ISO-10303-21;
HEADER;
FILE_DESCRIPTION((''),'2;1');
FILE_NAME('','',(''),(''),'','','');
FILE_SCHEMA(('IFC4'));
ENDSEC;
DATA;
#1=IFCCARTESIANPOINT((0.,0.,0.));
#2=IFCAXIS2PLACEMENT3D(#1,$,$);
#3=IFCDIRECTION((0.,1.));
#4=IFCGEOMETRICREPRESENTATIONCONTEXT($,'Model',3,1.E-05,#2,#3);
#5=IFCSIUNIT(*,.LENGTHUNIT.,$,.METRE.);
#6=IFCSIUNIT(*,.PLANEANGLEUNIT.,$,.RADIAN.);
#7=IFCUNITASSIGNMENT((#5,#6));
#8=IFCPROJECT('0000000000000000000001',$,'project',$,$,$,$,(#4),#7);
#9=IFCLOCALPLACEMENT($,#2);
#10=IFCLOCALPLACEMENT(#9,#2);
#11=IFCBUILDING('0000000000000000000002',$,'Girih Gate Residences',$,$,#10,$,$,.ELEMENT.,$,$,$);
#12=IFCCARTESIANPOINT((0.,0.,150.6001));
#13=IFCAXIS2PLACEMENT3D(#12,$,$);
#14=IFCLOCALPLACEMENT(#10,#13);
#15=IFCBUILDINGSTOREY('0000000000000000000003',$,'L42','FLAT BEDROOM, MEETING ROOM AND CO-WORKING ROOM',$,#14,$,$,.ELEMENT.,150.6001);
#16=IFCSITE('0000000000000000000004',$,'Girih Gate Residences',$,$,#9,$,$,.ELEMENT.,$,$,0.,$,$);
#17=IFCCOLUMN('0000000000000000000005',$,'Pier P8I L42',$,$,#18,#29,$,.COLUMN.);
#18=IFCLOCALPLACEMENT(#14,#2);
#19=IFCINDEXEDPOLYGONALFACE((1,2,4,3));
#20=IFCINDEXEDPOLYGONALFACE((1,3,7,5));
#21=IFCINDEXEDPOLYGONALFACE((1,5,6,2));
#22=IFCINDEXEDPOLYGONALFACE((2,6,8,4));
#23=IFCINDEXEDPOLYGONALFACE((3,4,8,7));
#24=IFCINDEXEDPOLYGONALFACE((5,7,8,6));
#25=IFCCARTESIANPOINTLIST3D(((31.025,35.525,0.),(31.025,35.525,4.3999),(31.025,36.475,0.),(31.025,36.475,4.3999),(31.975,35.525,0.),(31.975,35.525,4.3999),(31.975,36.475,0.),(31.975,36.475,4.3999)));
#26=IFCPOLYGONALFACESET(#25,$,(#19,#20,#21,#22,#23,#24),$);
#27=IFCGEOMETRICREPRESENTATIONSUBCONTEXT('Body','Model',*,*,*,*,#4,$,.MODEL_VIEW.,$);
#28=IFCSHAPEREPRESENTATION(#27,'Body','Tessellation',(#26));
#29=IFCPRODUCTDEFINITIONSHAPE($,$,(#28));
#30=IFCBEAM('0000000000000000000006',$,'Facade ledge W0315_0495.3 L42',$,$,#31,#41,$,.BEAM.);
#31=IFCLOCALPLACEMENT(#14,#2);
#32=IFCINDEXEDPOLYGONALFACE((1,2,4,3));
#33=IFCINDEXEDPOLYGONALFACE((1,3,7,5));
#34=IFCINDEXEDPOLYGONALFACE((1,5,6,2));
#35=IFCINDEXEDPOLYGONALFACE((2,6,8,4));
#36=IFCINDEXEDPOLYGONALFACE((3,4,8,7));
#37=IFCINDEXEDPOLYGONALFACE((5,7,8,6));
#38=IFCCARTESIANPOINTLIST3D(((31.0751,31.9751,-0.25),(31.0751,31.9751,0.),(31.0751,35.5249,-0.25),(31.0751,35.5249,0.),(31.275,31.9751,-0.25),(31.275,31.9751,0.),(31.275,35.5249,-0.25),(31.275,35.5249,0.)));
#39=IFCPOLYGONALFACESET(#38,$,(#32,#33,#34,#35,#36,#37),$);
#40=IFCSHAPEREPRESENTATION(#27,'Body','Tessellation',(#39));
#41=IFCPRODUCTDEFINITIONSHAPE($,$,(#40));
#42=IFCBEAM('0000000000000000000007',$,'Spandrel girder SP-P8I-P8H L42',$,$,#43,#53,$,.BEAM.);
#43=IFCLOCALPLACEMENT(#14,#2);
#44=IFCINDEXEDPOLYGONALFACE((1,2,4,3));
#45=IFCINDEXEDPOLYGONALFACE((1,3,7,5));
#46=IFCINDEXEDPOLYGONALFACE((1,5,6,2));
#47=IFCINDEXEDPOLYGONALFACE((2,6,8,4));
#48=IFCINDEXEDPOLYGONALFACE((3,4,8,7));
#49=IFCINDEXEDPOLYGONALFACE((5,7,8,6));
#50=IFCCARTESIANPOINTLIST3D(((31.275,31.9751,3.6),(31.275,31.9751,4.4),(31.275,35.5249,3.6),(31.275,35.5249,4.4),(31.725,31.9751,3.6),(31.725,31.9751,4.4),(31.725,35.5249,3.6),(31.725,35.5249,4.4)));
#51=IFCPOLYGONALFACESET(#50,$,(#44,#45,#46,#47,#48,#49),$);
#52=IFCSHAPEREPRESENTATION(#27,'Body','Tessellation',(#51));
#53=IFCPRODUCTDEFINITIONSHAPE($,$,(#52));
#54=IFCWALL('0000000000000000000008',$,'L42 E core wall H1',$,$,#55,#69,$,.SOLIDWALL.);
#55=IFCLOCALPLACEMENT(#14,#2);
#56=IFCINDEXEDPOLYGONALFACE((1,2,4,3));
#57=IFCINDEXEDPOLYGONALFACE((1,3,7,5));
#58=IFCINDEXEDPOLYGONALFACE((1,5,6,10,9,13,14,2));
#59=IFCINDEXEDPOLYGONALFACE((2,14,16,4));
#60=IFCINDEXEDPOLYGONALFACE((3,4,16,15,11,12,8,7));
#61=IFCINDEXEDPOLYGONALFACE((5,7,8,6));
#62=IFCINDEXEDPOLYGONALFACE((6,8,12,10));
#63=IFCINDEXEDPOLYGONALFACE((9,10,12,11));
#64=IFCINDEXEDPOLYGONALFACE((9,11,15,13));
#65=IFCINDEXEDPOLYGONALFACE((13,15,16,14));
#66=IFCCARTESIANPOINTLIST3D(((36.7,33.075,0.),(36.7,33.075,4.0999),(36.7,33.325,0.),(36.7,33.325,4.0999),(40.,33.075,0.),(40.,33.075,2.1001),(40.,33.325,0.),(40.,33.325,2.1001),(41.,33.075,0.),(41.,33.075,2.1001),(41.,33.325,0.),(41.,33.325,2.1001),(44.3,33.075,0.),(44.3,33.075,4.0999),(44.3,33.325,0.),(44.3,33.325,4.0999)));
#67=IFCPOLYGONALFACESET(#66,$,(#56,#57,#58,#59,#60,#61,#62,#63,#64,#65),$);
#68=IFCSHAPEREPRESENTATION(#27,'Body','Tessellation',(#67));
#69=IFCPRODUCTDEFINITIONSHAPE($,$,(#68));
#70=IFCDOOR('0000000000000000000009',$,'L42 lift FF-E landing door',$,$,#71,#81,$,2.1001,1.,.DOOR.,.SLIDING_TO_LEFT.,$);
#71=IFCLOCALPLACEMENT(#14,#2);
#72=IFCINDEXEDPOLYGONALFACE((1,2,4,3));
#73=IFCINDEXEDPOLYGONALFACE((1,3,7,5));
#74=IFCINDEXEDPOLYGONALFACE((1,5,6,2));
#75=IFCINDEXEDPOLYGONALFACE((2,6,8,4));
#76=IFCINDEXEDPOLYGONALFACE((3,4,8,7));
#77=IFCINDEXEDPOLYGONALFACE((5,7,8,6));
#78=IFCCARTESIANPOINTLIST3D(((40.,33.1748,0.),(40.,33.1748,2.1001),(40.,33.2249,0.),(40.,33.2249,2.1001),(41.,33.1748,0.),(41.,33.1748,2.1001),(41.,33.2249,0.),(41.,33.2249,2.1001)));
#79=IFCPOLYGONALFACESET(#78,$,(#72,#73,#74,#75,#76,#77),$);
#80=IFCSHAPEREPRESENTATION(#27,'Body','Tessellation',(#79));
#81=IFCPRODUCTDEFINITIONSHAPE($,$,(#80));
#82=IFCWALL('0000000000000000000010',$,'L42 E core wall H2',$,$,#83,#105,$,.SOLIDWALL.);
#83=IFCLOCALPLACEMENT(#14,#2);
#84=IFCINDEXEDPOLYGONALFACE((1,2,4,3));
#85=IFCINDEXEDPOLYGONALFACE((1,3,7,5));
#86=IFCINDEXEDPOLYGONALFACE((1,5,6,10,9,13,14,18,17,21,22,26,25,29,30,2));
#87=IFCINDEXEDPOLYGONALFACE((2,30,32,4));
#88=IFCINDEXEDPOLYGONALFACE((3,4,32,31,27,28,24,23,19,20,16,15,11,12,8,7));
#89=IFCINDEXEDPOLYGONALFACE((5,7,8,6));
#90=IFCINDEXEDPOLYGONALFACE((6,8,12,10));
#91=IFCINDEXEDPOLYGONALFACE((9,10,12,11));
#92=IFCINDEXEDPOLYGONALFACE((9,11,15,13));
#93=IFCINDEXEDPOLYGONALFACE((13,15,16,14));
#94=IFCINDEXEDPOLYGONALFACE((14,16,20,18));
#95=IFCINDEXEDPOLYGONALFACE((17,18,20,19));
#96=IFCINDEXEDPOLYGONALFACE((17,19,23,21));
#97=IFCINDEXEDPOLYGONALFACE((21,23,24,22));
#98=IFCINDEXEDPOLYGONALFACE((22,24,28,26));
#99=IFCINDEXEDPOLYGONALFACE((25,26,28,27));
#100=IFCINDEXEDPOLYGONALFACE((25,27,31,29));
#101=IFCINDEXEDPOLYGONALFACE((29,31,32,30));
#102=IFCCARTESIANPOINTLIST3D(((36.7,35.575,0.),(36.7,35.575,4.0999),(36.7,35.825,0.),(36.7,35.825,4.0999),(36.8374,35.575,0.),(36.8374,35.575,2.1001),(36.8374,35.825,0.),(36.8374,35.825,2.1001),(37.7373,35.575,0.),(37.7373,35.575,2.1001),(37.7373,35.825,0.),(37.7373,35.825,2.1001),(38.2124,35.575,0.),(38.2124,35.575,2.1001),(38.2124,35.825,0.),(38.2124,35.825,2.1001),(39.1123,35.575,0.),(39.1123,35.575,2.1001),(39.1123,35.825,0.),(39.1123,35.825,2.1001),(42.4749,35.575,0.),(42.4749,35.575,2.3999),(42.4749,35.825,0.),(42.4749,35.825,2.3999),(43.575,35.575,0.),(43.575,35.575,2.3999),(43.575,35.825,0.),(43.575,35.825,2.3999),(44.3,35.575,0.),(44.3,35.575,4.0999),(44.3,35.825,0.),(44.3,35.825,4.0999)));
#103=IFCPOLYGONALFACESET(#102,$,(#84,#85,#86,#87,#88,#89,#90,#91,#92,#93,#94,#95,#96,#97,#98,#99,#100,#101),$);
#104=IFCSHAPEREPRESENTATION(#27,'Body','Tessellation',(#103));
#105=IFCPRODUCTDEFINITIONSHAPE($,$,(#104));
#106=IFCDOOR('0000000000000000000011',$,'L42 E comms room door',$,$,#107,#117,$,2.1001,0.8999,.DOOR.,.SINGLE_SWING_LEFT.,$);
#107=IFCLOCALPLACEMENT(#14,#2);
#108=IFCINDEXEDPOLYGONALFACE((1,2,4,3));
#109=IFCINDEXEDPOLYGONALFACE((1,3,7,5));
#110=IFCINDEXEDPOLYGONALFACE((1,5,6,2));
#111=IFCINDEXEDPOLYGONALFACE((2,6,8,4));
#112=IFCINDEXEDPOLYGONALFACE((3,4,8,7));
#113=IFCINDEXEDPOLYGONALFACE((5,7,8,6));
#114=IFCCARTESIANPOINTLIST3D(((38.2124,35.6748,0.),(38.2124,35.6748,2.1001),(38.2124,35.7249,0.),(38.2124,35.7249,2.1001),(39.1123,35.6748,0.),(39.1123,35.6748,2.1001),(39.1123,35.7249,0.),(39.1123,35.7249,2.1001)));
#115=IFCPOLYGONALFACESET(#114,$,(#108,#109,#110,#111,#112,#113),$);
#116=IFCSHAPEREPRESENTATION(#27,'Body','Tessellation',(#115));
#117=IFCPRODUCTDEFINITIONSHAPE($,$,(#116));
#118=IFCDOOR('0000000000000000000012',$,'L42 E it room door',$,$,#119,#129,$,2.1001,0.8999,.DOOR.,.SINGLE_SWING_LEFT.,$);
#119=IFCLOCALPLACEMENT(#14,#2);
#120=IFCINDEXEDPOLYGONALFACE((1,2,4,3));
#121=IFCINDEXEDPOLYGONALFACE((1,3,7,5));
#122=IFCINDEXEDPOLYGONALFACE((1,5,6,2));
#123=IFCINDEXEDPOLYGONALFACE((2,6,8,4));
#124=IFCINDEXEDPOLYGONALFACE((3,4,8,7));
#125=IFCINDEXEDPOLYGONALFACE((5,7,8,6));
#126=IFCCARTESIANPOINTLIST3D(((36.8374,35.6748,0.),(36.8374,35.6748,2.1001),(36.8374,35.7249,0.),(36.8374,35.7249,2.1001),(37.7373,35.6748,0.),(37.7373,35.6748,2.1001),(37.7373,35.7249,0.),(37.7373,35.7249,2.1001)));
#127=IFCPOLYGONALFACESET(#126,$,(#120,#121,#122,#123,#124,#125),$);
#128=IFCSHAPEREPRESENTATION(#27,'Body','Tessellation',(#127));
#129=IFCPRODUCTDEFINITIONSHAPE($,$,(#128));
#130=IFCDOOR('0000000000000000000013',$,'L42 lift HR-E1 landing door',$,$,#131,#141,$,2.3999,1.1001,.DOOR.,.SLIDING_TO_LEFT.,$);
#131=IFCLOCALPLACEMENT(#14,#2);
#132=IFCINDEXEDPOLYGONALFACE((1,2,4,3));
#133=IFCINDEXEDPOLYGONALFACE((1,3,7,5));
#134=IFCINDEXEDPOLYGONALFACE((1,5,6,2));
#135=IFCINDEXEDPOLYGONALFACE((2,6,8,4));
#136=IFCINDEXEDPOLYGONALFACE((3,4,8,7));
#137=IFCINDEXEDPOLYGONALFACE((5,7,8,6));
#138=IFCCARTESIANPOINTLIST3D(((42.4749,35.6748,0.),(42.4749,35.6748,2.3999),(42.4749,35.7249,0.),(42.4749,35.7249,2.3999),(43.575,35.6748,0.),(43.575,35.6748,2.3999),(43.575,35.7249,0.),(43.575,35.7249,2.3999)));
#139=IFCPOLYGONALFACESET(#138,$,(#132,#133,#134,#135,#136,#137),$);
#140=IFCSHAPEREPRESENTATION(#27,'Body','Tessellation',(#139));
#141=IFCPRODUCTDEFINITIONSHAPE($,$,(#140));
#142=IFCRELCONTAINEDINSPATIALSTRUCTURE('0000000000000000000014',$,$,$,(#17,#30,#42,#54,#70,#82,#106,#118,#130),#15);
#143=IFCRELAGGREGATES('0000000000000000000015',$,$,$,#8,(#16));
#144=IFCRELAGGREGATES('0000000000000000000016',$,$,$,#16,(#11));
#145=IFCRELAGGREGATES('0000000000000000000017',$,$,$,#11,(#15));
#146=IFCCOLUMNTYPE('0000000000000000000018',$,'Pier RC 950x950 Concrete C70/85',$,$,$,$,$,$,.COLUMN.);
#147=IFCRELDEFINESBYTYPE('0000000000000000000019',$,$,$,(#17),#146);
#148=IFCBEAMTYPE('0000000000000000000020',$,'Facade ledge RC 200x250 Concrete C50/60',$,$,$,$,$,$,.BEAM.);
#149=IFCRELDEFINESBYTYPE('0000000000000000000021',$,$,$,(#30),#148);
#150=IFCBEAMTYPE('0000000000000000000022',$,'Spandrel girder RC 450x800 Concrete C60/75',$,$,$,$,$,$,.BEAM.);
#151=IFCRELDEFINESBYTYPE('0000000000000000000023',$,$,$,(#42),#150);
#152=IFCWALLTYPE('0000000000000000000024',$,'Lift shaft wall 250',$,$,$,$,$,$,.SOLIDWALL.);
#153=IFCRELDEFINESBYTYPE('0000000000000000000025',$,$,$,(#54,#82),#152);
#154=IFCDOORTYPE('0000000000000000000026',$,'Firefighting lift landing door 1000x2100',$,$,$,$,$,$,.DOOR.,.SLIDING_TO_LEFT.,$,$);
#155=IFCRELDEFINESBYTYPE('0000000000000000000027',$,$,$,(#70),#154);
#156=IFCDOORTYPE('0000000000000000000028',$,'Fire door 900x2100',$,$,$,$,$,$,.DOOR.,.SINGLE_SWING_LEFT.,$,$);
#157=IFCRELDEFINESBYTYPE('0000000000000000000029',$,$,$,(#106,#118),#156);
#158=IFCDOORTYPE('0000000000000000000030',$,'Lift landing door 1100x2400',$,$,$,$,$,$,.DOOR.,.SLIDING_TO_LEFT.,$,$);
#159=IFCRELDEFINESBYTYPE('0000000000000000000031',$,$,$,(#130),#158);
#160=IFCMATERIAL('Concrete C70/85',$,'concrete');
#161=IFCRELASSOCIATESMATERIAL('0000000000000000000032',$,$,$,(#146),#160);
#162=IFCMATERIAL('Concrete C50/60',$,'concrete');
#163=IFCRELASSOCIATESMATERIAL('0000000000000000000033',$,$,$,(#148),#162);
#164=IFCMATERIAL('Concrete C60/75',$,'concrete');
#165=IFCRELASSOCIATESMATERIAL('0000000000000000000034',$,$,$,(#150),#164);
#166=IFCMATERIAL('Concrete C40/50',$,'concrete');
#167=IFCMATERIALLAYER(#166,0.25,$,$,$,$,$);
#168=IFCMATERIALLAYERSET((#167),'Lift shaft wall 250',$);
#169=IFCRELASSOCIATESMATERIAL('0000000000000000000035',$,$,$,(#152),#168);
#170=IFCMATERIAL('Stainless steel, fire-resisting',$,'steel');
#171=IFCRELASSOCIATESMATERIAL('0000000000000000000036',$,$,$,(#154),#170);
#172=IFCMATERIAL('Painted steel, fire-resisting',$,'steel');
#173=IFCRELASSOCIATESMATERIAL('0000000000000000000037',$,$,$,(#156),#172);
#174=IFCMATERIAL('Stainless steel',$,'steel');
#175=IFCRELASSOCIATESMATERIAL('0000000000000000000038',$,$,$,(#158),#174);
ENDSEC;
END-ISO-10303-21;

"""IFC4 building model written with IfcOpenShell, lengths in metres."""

from ifc_helpers import new_model, si_unit, direction, frame, frame_2d, origin, origin_2d, place, context, subcontext, project, spatial, rectangle, extrude, material, layer, layer_set, material_profile, profile_set, type_object, element, fill, save


model = new_model("IFC4")

# Units and contexts
model_context = context("Model", 3, precision=1e-05, world=origin(), true_north=direction((0.0, 1.0)))
body_context = subcontext(model_context, "Body", "Model", "MODEL_VIEW")
ifc_project = project(units=[si_unit("LENGTHUNIT", "METRE"), si_unit("PLANEANGLEUNIT", "RADIAN")], contexts=[model_context])

# Site, building, storey
site_placement = place(None, origin())
site = spatial("IfcSite", under=ifc_project, at=site_placement, Name="Girih Gate Residences", CompositionType="ELEMENT", RefElevation=0.0)
building_placement = place(site_placement, origin())
building = spatial("IfcBuilding", under=site, at=building_placement, Name="Girih Gate Residences", CompositionType="ELEMENT")
storey_placement = place(building_placement, frame((0.0, 0.0, 150.6001)))
storey = spatial("IfcBuildingStorey", under=building, at=storey_placement, Name="L42", Description="FLAT BEDROOM, MEETING ROOM AND CO-WORKING ROOM", CompositionType="ELEMENT", Elevation=150.6001)

# Column
ifc_material_1 = material(Name="Concrete C70/85", Category="concrete")
ifc_material_profile_1 = material_profile(ifc_material_1, rectangle(XDim=0.95, YDim=0.95, at=origin_2d()))
ifc_profile_set_1 = profile_set([ifc_material_profile_1], Name="Concrete C70/85")
column_type = type_object("IfcColumnType", Name="Pier RC 950x950 Concrete C70/85", PredefinedType="COLUMN", material=ifc_profile_set_1)
column_placement = place(storey_placement, frame((31.5, 36.0, 0.0), z_axis=(0.0, 0.0, 1.0), x_axis=(1.0, 0.0, 0.0)))
element("IfcColumn", 1, at=column_placement, inside=storey, type_object=column_type, Name="Pier P8I L42", PredefinedType="COLUMN", context=body_context, shape_type="SweptSolid", body=[
    extrude(rectangle(XDim=0.95, YDim=0.95, at=origin_2d()), origin(), (0.0, 0.0, 1.0), 4.3999),
])

# Beams
ifc_material_2 = material(Name="Concrete C50/60", Category="concrete")
ifc_material_profile_2 = material_profile(ifc_material_2, rectangle(XDim=0.2, YDim=0.25, at=origin_2d()))
ifc_profile_set_2 = profile_set([ifc_material_profile_2], Name="Concrete C50/60")
beam_type_1 = type_object("IfcBeamType", Name="Facade ledge RC 200x250 Concrete C50/60", PredefinedType="BEAM", material=ifc_profile_set_2)
beam_1_placement = place(storey_placement, frame((31.175, 35.5249, -0.125), z_axis=(0.0, -1.0, 0.0), x_axis=(1.0, 0.0, 0.0)))
element("IfcBeam", 2, at=beam_1_placement, inside=storey, type_object=beam_type_1, Name="Facade ledge W0315_0495.3 L42", PredefinedType="BEAM", context=body_context, shape_type="SweptSolid", body=[
    extrude(rectangle(XDim=0.2, YDim=0.25, at=origin_2d()), origin(), (0.0, 0.0, 1.0), 3.5498),
])
ifc_material_3 = material(Name="Concrete C60/75", Category="concrete")
ifc_material_profile_3 = material_profile(ifc_material_3, rectangle(XDim=0.45, YDim=0.8, at=origin_2d()))
ifc_profile_set_3 = profile_set([ifc_material_profile_3], Name="Concrete C60/75")
beam_type_2 = type_object("IfcBeamType", Name="Spandrel girder RC 450x800 Concrete C60/75", PredefinedType="BEAM", material=ifc_profile_set_3)
beam_2_placement = place(storey_placement, frame((31.5, 35.5249, 4.0), z_axis=(0.0, -1.0, 0.0), x_axis=(1.0, 0.0, 0.0)))
element("IfcBeam", 3, at=beam_2_placement, inside=storey, type_object=beam_type_2, Name="Spandrel girder SP-P8I-P8H L42", PredefinedType="BEAM", context=body_context, shape_type="SweptSolid", body=[
    extrude(rectangle(XDim=0.45, YDim=0.8, at=origin_2d()), origin(), (0.0, 0.0, 1.0), 3.5498),
])

# Wall, opening, door
ifc_material_4 = material(Name="Concrete C40/50", Category="concrete")
ifc_layer_1 = layer(ifc_material_4, 0.25)
ifc_layer_set_1 = layer_set([ifc_layer_1], Name="Lift shaft wall 250")
wall_type_1 = type_object("IfcWallType", Name="Lift shaft wall 250", PredefinedType="SOLIDWALL", material=ifc_layer_set_1)
wall_1_placement = place(storey_placement, frame((36.7, 33.2, 0.0), z_axis=(0.0, 0.0, 1.0), x_axis=(1.0, 0.0, 0.0)))
wall_1 = element("IfcWall", 4, at=wall_1_placement, inside=storey, type_object=wall_type_1, Name="L42 E core wall H1", PredefinedType="SOLIDWALL", context=body_context, shape_type="SweptSolid", body=[
    extrude(rectangle(XDim=7.6001, YDim=0.25, at=frame_2d((3.8, 0.0))), origin(), (0.0, 0.0, 1.0), 4.0999),
])
opening_1_placement = place(wall_1_placement, frame((3.3, 0.0, 0.0)))
opening_1 = element("IfcOpeningElement", 5, at=opening_1_placement, cuts=wall_1, PredefinedType="OPENING", context=body_context, shape_type="SweptSolid", body=[
    extrude(rectangle(XDim=1.0, YDim=2.1001, at=frame_2d((0.5, 1.05))), frame((0.0, 0.135, 0.0), z_axis=(0.0, -1.0, 0.0), x_axis=(1.0, 0.0, 0.0)), (0.0, 0.0, 1.0), 0.27),
])
ifc_material_5 = material(Name="Stainless steel, fire-resisting", Category="steel")
door_type_1 = type_object("IfcDoorType", Name="Firefighting lift landing door 1000x2100", OperationType="SLIDING_TO_LEFT", PredefinedType="DOOR", material=ifc_material_5)
door_1_placement = place(opening_1_placement, origin())
door_1 = element("IfcDoor", 6, at=door_1_placement, inside=storey, type_object=door_type_1, Name="L42 lift FF-E landing door", OperationType="SLIDING_TO_LEFT", OverallHeight=2.1001, OverallWidth=1.0, PredefinedType="DOOR", context=body_context, shape_type="SweptSolid", body=[
    extrude(rectangle(XDim=1.0, YDim=2.1001, at=frame_2d((0.5, 1.05))), frame((0.0, 0.0249, 0.0), z_axis=(0.0, -1.0, 0.0), x_axis=(1.0, 0.0, 0.0)), (0.0, 0.0, 1.0), 0.05),
])
fill(opening_1, door_1)

# Wall, openings, doors
wall_2_placement = place(storey_placement, frame((36.7, 35.7, 0.0), z_axis=(0.0, 0.0, 1.0), x_axis=(1.0, 0.0, 0.0)))
wall_2 = element("IfcWall", 7, at=wall_2_placement, inside=storey, type_object=wall_type_1, Name="L42 E core wall H2", PredefinedType="SOLIDWALL", context=body_context, shape_type="SweptSolid", body=[
    extrude(rectangle(XDim=7.6001, YDim=0.25, at=frame_2d((3.8, 0.0))), origin(), (0.0, 0.0, 1.0), 4.0999),
])
opening_2_placement = place(wall_2_placement, frame((5.7749, 0.0, 0.0)))
opening_2 = element("IfcOpeningElement", 8, at=opening_2_placement, cuts=wall_2, PredefinedType="OPENING", context=body_context, shape_type="SweptSolid", body=[
    extrude(rectangle(XDim=1.1001, YDim=2.3999, at=frame_2d((0.55, 1.2))), frame((0.0, 0.135, 0.0), z_axis=(0.0, -1.0, 0.0), x_axis=(1.0, 0.0, 0.0)), (0.0, 0.0, 1.0), 0.27),
])
opening_3_placement = place(wall_2_placement, frame((1.5125, 0.0, 0.0)))
opening_3 = element("IfcOpeningElement", 9, at=opening_3_placement, cuts=wall_2, PredefinedType="OPENING", context=body_context, shape_type="SweptSolid", body=[
    extrude(rectangle(XDim=0.8999, YDim=2.1001, at=frame_2d((0.45, 1.05))), frame((0.0, 0.135, 0.0), z_axis=(0.0, -1.0, 0.0), x_axis=(1.0, 0.0, 0.0)), (0.0, 0.0, 1.0), 0.27),
])
opening_4_placement = place(wall_2_placement, frame((0.1375, 0.0, 0.0)))
opening_4 = element("IfcOpeningElement", 10, at=opening_4_placement, cuts=wall_2, PredefinedType="OPENING", context=body_context, shape_type="SweptSolid", body=[
    extrude(rectangle(XDim=0.8999, YDim=2.1001, at=frame_2d((0.45, 1.05))), frame((0.0, 0.135, 0.0), z_axis=(0.0, -1.0, 0.0), x_axis=(1.0, 0.0, 0.0)), (0.0, 0.0, 1.0), 0.27),
])
ifc_material_6 = material(Name="Painted steel, fire-resisting", Category="steel")
door_type_2 = type_object("IfcDoorType", Name="Fire door 900x2100", OperationType="SINGLE_SWING_LEFT", PredefinedType="DOOR", material=ifc_material_6)
door_2_placement = place(opening_3_placement, origin())
door_2 = element("IfcDoor", 11, at=door_2_placement, inside=storey, type_object=door_type_2, Name="L42 E comms room door", OperationType="SINGLE_SWING_LEFT", OverallHeight=2.1001, OverallWidth=0.8999, PredefinedType="DOOR", context=body_context, shape_type="SweptSolid", body=[
    extrude(rectangle(XDim=0.8999, YDim=2.1001, at=frame_2d((0.45, 1.05))), frame((0.0, 0.0249, 0.0), z_axis=(0.0, -1.0, 0.0), x_axis=(1.0, 0.0, 0.0)), (0.0, 0.0, 1.0), 0.05),
])
fill(opening_3, door_2)
door_3_placement = place(opening_4_placement, origin())
door_3 = element("IfcDoor", 12, at=door_3_placement, inside=storey, type_object=door_type_2, Name="L42 E it room door", OperationType="SINGLE_SWING_LEFT", OverallHeight=2.1001, OverallWidth=0.8999, PredefinedType="DOOR", context=body_context, shape_type="SweptSolid", body=[
    extrude(rectangle(XDim=0.8999, YDim=2.1001, at=frame_2d((0.45, 1.05))), frame((0.0, 0.0249, 0.0), z_axis=(0.0, -1.0, 0.0), x_axis=(1.0, 0.0, 0.0)), (0.0, 0.0, 1.0), 0.05),
])
fill(opening_4, door_3)
ifc_material_7 = material(Name="Stainless steel", Category="steel")
door_type_3 = type_object("IfcDoorType", Name="Lift landing door 1100x2400", OperationType="SLIDING_TO_LEFT", PredefinedType="DOOR", material=ifc_material_7)
door_4_placement = place(opening_2_placement, origin())
door_4 = element("IfcDoor", 13, at=door_4_placement, inside=storey, type_object=door_type_3, Name="L42 lift HR-E1 landing door", OperationType="SLIDING_TO_LEFT", OverallHeight=2.3999, OverallWidth=1.1001, PredefinedType="DOOR", context=body_context, shape_type="SweptSolid", body=[
    extrude(rectangle(XDim=1.1001, YDim=2.3999, at=frame_2d((0.55, 1.2))), frame((0.0, 0.0249, 0.0), z_axis=(0.0, -1.0, 0.0), x_axis=(1.0, 0.0, 0.0)), (0.0, 0.0, 1.0), 0.05),
])
fill(opening_2, door_4)

save(model, "model.ifc")
